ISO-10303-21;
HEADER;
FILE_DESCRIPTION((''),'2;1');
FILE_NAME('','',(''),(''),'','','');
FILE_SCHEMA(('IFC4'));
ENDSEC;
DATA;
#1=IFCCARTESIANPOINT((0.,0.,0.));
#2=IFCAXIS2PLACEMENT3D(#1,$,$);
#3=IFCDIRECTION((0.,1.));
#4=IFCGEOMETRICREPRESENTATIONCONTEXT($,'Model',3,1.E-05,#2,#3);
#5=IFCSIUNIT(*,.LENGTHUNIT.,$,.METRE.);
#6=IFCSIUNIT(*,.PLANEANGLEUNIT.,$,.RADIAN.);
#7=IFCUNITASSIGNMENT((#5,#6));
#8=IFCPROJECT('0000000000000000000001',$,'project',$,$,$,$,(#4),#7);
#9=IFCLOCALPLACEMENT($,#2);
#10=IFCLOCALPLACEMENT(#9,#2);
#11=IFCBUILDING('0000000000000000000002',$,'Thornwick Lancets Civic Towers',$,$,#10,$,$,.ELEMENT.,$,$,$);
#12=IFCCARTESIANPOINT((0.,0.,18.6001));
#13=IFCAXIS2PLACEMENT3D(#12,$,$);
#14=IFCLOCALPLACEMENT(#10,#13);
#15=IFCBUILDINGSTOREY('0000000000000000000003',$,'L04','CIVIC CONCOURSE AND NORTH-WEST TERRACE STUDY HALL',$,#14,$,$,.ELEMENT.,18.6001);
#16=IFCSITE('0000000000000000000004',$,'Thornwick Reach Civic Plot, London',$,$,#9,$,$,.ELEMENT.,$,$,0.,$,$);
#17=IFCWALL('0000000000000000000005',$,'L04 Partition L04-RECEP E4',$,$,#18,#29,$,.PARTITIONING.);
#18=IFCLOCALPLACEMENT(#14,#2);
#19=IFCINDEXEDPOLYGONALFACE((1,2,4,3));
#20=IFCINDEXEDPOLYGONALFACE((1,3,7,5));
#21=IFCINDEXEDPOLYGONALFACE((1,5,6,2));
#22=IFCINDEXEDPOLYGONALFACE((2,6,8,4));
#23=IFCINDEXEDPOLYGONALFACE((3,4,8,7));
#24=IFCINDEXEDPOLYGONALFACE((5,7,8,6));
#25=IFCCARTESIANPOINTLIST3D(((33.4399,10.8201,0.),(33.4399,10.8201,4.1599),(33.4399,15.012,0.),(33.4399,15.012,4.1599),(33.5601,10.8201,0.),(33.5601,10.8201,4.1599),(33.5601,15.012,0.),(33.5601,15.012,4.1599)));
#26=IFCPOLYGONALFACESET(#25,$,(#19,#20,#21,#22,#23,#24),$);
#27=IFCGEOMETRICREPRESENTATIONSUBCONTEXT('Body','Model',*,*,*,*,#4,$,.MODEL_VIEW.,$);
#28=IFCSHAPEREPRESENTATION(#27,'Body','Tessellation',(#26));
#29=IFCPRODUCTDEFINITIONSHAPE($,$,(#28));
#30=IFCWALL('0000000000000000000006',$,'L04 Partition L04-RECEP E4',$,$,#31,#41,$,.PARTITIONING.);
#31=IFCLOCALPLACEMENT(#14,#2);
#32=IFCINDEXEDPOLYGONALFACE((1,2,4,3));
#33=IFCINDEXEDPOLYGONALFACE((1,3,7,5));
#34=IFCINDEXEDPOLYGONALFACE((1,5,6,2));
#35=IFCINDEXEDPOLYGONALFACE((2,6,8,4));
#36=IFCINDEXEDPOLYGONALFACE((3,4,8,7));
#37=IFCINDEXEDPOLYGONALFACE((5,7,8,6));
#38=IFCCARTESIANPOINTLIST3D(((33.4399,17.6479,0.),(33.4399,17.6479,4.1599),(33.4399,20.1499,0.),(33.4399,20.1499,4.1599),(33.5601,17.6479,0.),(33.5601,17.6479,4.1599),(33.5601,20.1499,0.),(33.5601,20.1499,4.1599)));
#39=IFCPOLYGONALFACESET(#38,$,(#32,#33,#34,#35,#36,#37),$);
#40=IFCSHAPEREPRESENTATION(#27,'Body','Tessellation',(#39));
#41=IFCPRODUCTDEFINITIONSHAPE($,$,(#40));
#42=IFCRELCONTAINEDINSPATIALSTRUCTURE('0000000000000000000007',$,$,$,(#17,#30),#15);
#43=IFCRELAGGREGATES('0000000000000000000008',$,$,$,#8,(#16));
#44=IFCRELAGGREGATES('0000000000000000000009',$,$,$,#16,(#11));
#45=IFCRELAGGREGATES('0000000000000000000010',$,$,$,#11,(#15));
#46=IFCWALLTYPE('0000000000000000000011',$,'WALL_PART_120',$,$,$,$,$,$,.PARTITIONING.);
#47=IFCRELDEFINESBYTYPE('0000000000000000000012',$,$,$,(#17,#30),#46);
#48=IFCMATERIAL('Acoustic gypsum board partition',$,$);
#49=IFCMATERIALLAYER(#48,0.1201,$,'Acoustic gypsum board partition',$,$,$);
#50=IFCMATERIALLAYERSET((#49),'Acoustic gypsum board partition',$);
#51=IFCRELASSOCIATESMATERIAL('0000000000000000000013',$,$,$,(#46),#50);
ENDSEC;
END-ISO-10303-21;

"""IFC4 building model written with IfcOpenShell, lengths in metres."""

from ifc_helpers import new_model, si_unit, direction, frame, frame_2d, origin, place, context, subcontext, project, spatial, rectangle, extrude, material, layer, layer_set, type_object, element, save


model = new_model("IFC4")

# Units and contexts
model_context = context("Model", 3, precision=1e-05, world=origin(), true_north=direction((0.0, 1.0)))
body_context = subcontext(model_context, "Body", "Model", "MODEL_VIEW")
ifc_project = project(units=[si_unit("LENGTHUNIT", "METRE"), si_unit("PLANEANGLEUNIT", "RADIAN")], contexts=[model_context])

# Site, building, storey
site_placement = place(None, origin())
site = spatial("IfcSite", under=ifc_project, at=site_placement, Name="Thornwick Reach Civic Plot, London", CompositionType="ELEMENT", RefElevation=0.0)
building_placement = place(site_placement, origin())
building = spatial("IfcBuilding", under=site, at=building_placement, Name="Thornwick Lancets Civic Towers", CompositionType="ELEMENT")
storey_placement = place(building_placement, frame((0.0, 0.0, 18.6001)))
storey = spatial("IfcBuildingStorey", under=building, at=storey_placement, Name="L04", Description="CIVIC CONCOURSE AND NORTH-WEST TERRACE STUDY HALL", CompositionType="ELEMENT", Elevation=18.6001)

# Walls
ifc_material_1 = material(Name="Acoustic gypsum board partition")
ifc_layer_1 = layer(ifc_material_1, 0.1201, Name="Acoustic gypsum board partition")
ifc_layer_set_1 = layer_set([ifc_layer_1], Name="Acoustic gypsum board partition")
wall_type_1 = type_object("IfcWallType", Name="WALL_PART_120", PredefinedType="PARTITIONING", material=ifc_layer_set_1)
wall_1_placement = place(storey_placement, frame((33.5, 10.8201, 0.0), z_axis=(0.0, 0.0, 1.0), x_axis=(0.0, 1.0, 0.0)))
element("IfcWall", 1, at=wall_1_placement, inside=storey, type_object=wall_type_1, Name="L04 Partition L04-RECEP E4", PredefinedType="PARTITIONING", context=body_context, shape_type="SweptSolid", body=[
    extrude(rectangle(XDim=4.1919, YDim=0.1201, at=frame_2d((2.0959, 0.0))), origin(), (0.0, 0.0, 1.0), 4.1599),
])
wall_2_placement = place(storey_placement, frame((33.5, 17.6479, 0.0), z_axis=(0.0, 0.0, 1.0), x_axis=(0.0, 1.0, 0.0)))
element("IfcWall", 2, at=wall_2_placement, inside=storey, type_object=wall_type_1, Name="L04 Partition L04-RECEP E4", PredefinedType="PARTITIONING", context=body_context, shape_type="SweptSolid", body=[
    extrude(rectangle(XDim=2.502, YDim=0.1201, at=frame_2d((1.251, 0.0))), origin(), (0.0, 0.0, 1.0), 4.1599),
])

save(model, "model.ifc")
